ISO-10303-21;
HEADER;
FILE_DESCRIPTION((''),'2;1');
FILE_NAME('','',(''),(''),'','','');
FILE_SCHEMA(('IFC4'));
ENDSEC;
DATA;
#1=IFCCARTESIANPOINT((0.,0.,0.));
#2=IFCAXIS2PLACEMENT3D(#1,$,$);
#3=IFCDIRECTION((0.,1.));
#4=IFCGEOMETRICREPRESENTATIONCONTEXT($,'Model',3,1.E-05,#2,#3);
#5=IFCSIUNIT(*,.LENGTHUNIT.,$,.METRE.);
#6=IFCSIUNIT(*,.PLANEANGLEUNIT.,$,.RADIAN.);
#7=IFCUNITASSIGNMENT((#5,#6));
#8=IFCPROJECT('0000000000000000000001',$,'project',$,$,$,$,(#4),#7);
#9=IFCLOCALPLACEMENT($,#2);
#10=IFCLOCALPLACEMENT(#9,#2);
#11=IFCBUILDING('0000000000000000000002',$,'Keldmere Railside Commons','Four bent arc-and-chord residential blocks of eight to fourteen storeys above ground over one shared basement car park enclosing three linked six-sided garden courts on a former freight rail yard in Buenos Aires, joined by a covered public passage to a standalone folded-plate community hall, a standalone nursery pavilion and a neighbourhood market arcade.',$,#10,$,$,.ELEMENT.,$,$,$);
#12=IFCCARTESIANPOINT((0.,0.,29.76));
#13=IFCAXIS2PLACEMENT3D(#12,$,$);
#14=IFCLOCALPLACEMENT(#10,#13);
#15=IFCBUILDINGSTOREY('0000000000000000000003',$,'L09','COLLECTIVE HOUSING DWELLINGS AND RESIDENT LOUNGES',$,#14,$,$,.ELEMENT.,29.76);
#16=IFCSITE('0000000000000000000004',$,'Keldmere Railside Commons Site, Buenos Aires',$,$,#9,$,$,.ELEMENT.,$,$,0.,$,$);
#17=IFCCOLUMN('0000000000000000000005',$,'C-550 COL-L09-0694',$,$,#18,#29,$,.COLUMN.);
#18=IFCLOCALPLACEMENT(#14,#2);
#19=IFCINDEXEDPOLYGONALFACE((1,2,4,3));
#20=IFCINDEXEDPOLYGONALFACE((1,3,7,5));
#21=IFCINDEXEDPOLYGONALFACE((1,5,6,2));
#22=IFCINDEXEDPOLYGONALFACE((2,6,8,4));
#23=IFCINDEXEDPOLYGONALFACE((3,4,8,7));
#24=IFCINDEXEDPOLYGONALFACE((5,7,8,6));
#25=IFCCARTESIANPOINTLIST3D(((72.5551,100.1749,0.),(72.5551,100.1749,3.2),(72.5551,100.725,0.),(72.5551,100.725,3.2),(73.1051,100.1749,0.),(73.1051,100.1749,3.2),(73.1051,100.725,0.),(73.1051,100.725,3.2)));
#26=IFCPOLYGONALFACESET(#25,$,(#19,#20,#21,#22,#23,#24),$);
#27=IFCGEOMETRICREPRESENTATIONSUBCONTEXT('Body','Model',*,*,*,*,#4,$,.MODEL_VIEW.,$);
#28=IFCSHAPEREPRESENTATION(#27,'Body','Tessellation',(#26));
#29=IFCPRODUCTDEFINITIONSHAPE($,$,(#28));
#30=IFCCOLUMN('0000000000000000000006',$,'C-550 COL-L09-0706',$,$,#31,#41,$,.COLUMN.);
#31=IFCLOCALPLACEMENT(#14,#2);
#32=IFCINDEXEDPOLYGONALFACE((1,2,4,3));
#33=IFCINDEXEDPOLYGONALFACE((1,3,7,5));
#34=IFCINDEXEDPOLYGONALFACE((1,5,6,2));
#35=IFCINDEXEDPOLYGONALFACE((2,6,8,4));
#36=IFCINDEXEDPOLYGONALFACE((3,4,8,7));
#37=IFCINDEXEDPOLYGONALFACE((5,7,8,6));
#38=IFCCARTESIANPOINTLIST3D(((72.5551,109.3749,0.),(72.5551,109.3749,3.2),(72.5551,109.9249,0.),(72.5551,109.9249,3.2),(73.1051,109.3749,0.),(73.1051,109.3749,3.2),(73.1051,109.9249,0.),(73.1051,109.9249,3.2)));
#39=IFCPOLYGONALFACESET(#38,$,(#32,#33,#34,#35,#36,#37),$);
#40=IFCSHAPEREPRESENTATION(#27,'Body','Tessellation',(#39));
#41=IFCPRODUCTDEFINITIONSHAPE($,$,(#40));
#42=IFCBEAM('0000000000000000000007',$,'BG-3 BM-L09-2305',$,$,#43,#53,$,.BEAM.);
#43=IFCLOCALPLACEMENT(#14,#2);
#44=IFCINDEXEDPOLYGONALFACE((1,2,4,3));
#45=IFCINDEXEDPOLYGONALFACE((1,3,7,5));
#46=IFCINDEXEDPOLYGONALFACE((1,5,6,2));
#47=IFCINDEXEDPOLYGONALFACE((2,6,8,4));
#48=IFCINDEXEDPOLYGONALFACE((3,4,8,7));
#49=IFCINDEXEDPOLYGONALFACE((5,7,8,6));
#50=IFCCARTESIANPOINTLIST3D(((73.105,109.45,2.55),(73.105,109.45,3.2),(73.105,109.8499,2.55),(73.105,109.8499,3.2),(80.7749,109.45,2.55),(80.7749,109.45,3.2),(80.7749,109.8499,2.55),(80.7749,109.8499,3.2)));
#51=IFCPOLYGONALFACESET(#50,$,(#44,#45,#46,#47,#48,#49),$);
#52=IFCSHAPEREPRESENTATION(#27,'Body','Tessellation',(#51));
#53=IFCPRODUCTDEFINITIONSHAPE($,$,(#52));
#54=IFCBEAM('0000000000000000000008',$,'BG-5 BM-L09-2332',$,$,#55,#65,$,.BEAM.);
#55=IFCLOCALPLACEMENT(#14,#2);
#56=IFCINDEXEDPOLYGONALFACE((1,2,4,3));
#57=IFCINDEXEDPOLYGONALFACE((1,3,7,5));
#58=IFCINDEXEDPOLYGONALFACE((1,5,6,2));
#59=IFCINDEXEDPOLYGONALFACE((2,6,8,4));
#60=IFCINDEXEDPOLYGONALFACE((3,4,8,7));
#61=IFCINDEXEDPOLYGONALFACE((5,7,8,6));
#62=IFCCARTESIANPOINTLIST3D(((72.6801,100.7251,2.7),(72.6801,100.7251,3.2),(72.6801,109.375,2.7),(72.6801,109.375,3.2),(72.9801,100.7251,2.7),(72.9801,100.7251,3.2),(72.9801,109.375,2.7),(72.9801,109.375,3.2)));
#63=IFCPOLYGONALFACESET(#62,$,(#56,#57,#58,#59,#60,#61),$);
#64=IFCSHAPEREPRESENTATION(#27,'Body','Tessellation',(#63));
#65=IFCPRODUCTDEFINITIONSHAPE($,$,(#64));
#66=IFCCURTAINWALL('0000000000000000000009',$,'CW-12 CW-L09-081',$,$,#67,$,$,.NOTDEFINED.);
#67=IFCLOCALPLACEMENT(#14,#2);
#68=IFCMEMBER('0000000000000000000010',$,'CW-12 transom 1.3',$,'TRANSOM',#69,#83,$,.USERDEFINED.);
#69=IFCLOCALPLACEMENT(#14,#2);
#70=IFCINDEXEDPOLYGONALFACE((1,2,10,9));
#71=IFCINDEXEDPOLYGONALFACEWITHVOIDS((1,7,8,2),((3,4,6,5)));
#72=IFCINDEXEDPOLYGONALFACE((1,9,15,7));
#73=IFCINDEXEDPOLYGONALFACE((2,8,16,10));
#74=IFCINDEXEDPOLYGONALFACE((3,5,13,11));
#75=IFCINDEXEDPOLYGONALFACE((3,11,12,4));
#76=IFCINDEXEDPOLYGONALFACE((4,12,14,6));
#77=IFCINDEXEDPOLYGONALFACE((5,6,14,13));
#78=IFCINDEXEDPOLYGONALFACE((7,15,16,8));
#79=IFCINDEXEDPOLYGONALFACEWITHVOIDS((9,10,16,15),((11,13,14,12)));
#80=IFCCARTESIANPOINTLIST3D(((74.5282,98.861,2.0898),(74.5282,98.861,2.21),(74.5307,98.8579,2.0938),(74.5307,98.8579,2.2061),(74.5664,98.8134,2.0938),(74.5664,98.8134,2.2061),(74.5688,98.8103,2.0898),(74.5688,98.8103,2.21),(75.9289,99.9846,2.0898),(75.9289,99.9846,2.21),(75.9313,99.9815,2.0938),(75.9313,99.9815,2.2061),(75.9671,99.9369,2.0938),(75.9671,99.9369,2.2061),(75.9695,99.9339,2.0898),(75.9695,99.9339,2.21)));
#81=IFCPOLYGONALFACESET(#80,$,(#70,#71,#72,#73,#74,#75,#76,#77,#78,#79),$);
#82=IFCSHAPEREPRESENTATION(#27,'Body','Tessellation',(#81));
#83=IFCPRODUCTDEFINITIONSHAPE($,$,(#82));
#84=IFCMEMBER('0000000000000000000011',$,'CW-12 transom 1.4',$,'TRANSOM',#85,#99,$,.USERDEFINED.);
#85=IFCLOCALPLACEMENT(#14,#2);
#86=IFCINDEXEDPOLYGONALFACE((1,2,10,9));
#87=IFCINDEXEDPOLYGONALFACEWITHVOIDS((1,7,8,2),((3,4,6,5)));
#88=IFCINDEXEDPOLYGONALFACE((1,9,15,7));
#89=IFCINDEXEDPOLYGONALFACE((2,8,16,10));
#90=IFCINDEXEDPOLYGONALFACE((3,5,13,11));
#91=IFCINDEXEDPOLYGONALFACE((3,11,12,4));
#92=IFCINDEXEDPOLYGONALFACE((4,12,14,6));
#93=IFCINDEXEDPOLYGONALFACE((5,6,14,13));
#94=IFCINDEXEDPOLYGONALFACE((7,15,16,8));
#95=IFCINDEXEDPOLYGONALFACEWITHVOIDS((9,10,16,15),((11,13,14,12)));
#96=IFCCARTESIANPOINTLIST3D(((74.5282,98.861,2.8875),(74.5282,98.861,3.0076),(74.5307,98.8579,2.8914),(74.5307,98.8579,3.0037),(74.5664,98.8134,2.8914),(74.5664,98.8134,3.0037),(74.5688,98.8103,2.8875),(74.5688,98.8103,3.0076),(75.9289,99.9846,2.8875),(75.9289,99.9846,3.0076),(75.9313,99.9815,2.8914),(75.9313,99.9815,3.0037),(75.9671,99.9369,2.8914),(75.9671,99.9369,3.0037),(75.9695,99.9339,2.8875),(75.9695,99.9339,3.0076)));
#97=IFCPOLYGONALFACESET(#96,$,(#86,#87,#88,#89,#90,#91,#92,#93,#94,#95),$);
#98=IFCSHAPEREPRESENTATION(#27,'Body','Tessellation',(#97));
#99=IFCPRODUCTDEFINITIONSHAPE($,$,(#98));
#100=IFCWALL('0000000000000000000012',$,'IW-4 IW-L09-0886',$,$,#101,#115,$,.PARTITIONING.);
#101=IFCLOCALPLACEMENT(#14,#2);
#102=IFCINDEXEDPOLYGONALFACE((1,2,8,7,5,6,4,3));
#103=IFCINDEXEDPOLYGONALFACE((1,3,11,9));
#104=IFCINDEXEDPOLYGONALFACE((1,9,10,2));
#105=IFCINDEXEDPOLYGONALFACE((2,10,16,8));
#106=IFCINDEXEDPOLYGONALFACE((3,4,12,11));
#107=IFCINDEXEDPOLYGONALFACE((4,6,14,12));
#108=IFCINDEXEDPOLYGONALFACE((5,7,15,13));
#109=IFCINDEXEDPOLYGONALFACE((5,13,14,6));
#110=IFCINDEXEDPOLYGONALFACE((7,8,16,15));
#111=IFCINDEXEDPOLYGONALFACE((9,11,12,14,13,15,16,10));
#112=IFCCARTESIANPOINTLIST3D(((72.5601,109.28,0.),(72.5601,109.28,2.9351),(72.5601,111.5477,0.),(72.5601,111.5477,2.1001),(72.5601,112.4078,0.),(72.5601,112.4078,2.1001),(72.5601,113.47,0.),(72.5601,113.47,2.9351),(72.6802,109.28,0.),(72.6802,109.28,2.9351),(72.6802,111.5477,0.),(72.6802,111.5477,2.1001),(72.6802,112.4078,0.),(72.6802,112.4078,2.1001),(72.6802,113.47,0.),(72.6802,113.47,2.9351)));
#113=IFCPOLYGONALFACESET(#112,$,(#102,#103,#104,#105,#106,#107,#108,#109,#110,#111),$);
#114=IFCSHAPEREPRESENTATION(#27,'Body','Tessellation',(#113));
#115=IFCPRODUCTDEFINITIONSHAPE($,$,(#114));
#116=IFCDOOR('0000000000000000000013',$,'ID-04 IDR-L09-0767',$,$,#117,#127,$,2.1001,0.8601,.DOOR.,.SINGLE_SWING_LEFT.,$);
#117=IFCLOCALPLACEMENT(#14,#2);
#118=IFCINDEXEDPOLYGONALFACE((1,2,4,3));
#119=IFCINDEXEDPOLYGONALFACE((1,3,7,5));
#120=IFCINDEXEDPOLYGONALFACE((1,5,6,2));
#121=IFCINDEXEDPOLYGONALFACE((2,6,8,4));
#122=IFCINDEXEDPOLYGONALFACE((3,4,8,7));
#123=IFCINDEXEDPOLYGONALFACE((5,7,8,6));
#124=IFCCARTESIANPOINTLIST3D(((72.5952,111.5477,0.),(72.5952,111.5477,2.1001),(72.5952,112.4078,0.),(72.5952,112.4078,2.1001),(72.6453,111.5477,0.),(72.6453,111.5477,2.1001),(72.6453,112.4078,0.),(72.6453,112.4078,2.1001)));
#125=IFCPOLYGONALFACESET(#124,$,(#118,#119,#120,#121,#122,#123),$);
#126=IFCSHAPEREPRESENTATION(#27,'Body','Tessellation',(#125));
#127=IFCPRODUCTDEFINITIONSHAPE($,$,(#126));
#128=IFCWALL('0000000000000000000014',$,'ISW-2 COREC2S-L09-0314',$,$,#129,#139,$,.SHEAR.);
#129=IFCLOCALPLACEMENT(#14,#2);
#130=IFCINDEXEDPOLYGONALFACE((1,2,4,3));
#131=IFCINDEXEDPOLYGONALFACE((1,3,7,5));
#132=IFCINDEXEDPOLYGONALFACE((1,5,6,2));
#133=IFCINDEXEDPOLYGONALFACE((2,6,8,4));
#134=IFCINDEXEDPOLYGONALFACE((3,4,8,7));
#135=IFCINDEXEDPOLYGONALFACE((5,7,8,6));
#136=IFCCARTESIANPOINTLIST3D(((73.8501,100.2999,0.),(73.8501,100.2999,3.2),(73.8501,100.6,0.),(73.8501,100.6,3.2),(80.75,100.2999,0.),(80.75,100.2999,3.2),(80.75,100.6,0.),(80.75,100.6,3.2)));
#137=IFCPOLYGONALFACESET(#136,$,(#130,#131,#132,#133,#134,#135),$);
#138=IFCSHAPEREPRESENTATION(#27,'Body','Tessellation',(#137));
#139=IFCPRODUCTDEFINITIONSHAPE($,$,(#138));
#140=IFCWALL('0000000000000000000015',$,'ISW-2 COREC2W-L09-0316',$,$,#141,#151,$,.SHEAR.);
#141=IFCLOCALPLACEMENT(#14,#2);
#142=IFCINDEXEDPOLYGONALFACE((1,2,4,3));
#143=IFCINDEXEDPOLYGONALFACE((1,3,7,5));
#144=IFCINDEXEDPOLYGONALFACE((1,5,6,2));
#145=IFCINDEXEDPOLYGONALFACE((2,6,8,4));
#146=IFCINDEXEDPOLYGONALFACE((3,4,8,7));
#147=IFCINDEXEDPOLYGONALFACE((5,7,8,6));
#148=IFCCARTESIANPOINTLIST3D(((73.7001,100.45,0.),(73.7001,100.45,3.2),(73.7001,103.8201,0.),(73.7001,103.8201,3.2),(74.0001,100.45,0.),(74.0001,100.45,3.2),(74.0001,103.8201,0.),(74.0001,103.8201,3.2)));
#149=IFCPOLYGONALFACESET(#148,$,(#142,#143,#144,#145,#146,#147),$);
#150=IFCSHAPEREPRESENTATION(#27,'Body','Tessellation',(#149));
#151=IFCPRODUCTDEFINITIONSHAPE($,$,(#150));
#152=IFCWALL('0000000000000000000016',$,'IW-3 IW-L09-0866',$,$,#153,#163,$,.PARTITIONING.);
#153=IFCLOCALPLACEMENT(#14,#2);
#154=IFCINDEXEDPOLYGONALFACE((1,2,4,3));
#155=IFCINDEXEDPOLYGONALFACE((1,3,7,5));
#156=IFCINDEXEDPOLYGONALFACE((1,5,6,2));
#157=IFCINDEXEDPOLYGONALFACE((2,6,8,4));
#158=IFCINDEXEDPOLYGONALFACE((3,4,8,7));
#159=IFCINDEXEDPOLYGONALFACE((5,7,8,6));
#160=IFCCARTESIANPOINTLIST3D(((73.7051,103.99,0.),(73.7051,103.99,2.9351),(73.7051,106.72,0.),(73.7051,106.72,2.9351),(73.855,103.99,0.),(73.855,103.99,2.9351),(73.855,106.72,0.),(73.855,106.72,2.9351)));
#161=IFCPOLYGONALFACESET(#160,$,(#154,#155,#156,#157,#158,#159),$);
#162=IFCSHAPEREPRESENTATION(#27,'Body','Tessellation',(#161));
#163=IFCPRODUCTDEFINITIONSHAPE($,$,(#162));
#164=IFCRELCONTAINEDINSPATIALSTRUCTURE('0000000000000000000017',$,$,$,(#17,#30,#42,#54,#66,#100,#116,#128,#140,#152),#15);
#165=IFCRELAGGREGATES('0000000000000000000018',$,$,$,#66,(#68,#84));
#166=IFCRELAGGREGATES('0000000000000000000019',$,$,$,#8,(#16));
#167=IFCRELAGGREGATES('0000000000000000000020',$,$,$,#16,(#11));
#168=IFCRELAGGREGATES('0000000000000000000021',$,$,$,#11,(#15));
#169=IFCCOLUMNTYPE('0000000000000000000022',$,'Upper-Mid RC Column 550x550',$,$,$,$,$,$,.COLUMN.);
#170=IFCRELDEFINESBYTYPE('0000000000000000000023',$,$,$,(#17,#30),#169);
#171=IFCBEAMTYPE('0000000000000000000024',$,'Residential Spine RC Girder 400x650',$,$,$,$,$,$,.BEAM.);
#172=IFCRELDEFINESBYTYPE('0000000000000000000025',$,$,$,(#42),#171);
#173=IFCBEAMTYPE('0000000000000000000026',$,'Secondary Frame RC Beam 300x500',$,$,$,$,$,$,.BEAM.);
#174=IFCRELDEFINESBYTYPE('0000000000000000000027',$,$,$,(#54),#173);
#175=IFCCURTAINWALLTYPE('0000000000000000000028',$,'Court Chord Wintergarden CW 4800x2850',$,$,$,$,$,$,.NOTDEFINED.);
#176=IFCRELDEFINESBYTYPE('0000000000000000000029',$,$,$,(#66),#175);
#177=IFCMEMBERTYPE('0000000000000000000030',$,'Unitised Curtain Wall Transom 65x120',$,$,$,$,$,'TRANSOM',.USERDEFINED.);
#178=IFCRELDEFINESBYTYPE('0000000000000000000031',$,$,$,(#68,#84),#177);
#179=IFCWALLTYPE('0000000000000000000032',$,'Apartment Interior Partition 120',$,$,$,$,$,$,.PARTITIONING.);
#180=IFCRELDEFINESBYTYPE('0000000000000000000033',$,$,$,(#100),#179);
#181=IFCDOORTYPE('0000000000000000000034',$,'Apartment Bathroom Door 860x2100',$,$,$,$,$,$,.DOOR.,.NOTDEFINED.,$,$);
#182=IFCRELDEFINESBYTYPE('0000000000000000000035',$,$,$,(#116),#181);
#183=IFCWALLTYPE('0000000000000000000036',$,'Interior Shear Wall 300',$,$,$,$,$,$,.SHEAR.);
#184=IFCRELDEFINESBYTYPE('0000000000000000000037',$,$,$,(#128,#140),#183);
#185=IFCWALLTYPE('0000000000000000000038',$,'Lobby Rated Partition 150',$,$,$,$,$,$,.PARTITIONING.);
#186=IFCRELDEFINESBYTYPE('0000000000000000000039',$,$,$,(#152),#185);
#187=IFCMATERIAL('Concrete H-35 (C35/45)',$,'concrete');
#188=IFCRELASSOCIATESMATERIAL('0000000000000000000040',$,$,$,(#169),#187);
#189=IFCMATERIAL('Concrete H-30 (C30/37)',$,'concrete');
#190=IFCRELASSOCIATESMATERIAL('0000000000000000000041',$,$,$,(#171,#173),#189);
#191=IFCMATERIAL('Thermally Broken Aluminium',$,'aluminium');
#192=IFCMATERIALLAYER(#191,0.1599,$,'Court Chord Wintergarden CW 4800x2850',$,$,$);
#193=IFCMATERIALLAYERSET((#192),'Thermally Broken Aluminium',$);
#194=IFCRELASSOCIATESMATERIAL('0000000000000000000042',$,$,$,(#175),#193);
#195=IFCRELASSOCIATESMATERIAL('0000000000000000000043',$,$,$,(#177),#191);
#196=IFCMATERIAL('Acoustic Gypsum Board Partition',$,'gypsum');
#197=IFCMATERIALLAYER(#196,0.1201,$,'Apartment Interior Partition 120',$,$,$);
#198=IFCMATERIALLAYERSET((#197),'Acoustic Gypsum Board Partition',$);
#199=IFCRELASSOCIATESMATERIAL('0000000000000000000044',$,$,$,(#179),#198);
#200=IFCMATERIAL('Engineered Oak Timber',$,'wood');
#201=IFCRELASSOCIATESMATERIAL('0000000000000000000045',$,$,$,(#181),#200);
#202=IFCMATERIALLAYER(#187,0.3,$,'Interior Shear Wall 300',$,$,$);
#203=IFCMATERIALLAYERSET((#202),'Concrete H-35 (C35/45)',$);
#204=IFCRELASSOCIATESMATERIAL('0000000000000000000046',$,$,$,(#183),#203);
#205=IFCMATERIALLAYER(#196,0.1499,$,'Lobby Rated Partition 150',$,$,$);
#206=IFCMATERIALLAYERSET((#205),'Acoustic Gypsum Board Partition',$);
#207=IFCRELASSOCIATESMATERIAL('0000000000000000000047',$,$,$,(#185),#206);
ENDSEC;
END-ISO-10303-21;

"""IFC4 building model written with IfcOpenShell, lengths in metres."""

from ifc_helpers import new_model, si_unit, direction, frame, frame_2d, origin, origin_2d, place, context, subcontext, project, spatial, rectangle, hollow_rectangle, extrude, material, layer, layer_set, material_profile, profile_set, type_object, element, fill, aggregate, save


model = new_model("IFC4")

# Units and contexts
model_context = context("Model", 3, precision=1e-05, world=origin(), true_north=direction((0.0, 1.0)))
body_context = subcontext(model_context, "Body", "Model", "MODEL_VIEW")
ifc_project = project(units=[si_unit("LENGTHUNIT", "METRE"), si_unit("PLANEANGLEUNIT", "RADIAN")], contexts=[model_context])

# Site, building, storey
site_placement = place(None, origin())
site = spatial("IfcSite", under=ifc_project, at=site_placement, Name="Keldmere Railside Commons Site, Buenos Aires", CompositionType="ELEMENT", RefElevation=0.0)
building_placement = place(site_placement, origin())
building = spatial("IfcBuilding", under=site, at=building_placement, Name="Keldmere Railside Commons", Description="Four bent arc-and-chord residential blocks of eight to fourteen storeys above ground over one shared basement car park enclosing three linked six-sided garden courts on a former freight rail yard in Buenos Aires, joined by a covered public passage to a standalone folded-plate community hall, a standalone nursery pavilion and a neighbourhood market arcade.", CompositionType="ELEMENT")
storey_placement = place(building_placement, frame((0.0, 0.0, 29.76)))
storey = spatial("IfcBuildingStorey", under=building, at=storey_placement, Name="L09", Description="COLLECTIVE HOUSING DWELLINGS AND RESIDENT LOUNGES", CompositionType="ELEMENT", Elevation=29.76)

# Columns
ifc_material_1 = material(Name="Concrete H-35 (C35/45)", Category="concrete")
ifc_material_profile_1 = material_profile(ifc_material_1, rectangle(XDim=0.55, YDim=0.55, at=origin_2d()), Name="RC-550x550")
ifc_profile_set_1 = profile_set([ifc_material_profile_1], Name="Concrete H-35 (C35/45)")
column_type = type_object("IfcColumnType", Name="Upper-Mid RC Column 550x550", PredefinedType="COLUMN", material=ifc_profile_set_1)
for number, where, z_axis, x_axis, name in (
    (1, (72.8301, 100.45, 0.0), (0.0, 0.0, 1.0), (1.0, 0.0, 0.0), "C-550 COL-L09-0694"),
    (2, (72.8301, 109.6499, 0.0), (0.0, 0.0, 1.0), (1.0, 0.0, 0.0), "C-550 COL-L09-0706"),
):
    element("IfcColumn", number, at=place(storey_placement, frame(where, z_axis=z_axis, x_axis=x_axis)), inside=storey, type_object=column_type, Name=name, PredefinedType="COLUMN", context=body_context, shape_type="SweptSolid", body=[
        extrude(rectangle(XDim=0.55, YDim=0.55, at=origin_2d()), origin(), (0.0, 0.0, 1.0), 3.2),
    ])

# Beams
ifc_material_2 = material(Name="Concrete H-30 (C30/37)", Category="concrete")
ifc_material_profile_2 = material_profile(ifc_material_2, rectangle(XDim=0.3999, YDim=0.6499, at=origin_2d()), Name="RC-400x650")
ifc_profile_set_2 = profile_set([ifc_material_profile_2], Name="Concrete H-30 (C30/37)")
beam_type_1 = type_object("IfcBeamType", Name="Residential Spine RC Girder 400x650", PredefinedType="BEAM", material=ifc_profile_set_2)
beam_1_placement = place(storey_placement, frame((73.105, 109.6499, 2.875), z_axis=(1.0, 0.0, 0.0), x_axis=(0.0, 1.0, 0.0)))
element("IfcBeam", 3, at=beam_1_placement, inside=storey, type_object=beam_type_1, Name="BG-3 BM-L09-2305", PredefinedType="BEAM", context=body_context, shape_type="SweptSolid", body=[
    extrude(rectangle(XDim=0.3999, YDim=0.6499, at=origin_2d()), origin(), (0.0, 0.0, 1.0), 7.6699),
])
ifc_material_profile_3 = material_profile(ifc_material_2, rectangle(XDim=0.3, YDim=0.5, at=origin_2d()), Name="RC-300x500")
ifc_profile_set_3 = profile_set([ifc_material_profile_3], Name="Concrete H-30 (C30/37)")
beam_type_2 = type_object("IfcBeamType", Name="Secondary Frame RC Beam 300x500", PredefinedType="BEAM", material=ifc_profile_set_3)
beam_2_placement = place(storey_placement, frame((72.8301, 100.7251, 2.95), z_axis=(0.0, 1.0, 0.0), x_axis=(-1.0, 0.0, 0.0)))
element("IfcBeam", 4, at=beam_2_placement, inside=storey, type_object=beam_type_2, Name="BG-5 BM-L09-2332", PredefinedType="BEAM", context=body_context, shape_type="SweptSolid", body=[
    extrude(rectangle(XDim=0.3, YDim=0.5, at=origin_2d()), origin(), (0.0, 0.0, 1.0), 8.6499),
])

# Curtain wall, members
ifc_material_3 = material(Name="Thermally Broken Aluminium", Category="aluminium")
ifc_layer_1 = layer(ifc_material_3, 0.1599, Name="Court Chord Wintergarden CW 4800x2850")
ifc_layer_set_1 = layer_set([ifc_layer_1], Name="Thermally Broken Aluminium")
curtain_wall_type = type_object("IfcCurtainWallType", Name="Court Chord Wintergarden CW 4800x2850", PredefinedType="NOTDEFINED", material=ifc_layer_set_1)
curtain_wall_placement = place(storey_placement, origin())
curtain_wall = element("IfcCurtainWall", 5, at=curtain_wall_placement, inside=storey, type_object=curtain_wall_type, Name="CW-12 CW-L09-081", PredefinedType="NOTDEFINED")
ifc_material_profile_4 = material_profile(ifc_material_3, hollow_rectangle(XDim=0.0649, YDim=0.1201, WallThickness=0.0039, at=origin_2d()), Name="ALU-TRAN-65x120")
ifc_profile_set_4 = profile_set([ifc_material_profile_4], Name="Thermally Broken Aluminium")
member_type = type_object("IfcMemberType", Name="Unitised Curtain Wall Transom 65x120", ElementType="TRANSOM", PredefinedType="USERDEFINED", material=ifc_profile_set_4)
member_1_placement = place(storey_placement, frame((75.9492, 99.9592, 2.1499), z_axis=(-0.780046, -0.625723, 0.0), x_axis=(0.625723, -0.780046, 0.0)))
member_1 = element("IfcMember", 6, at=member_1_placement, type_object=member_type, Name="CW-12 transom 1.3", ObjectType="TRANSOM", PredefinedType="USERDEFINED", context=body_context, shape_type="SweptSolid", body=[
    extrude(hollow_rectangle(XDim=0.0649, YDim=0.1201, WallThickness=0.0039, at=origin_2d()), origin(), (0.0, 0.0, 1.0), 1.7957),
])
member_2_placement = place(storey_placement, frame((75.9492, 99.9592, 2.9475), z_axis=(-0.780046, -0.625723, 0.0), x_axis=(0.625723, -0.780046, 0.0)))
member_2 = element("IfcMember", 7, at=member_2_placement, type_object=member_type, Name="CW-12 transom 1.4", ObjectType="TRANSOM", PredefinedType="USERDEFINED", context=body_context, shape_type="SweptSolid", body=[
    extrude(hollow_rectangle(XDim=0.0649, YDim=0.1201, WallThickness=0.0039, at=origin_2d()), origin(), (0.0, 0.0, 1.0), 1.7957),
])
aggregate(curtain_wall, [member_1, member_2])

# Wall, opening, door
ifc_material_4 = material(Name="Acoustic Gypsum Board Partition", Category="gypsum")
ifc_layer_2 = layer(ifc_material_4, 0.1201, Name="Apartment Interior Partition 120")
ifc_layer_set_2 = layer_set([ifc_layer_2], Name="Acoustic Gypsum Board Partition")
wall_type_1 = type_object("IfcWallType", Name="Apartment Interior Partition 120", PredefinedType="PARTITIONING", material=ifc_layer_set_2)
wall_1_placement = place(storey_placement, frame((72.6201, 109.28, 0.0), z_axis=(0.0, 0.0, 1.0), x_axis=(0.0, 1.0, 0.0)))
wall_1 = element("IfcWall", 8, at=wall_1_placement, inside=storey, type_object=wall_type_1, Name="IW-4 IW-L09-0886", PredefinedType="PARTITIONING", context=body_context, shape_type="SweptSolid", body=[
    extrude(rectangle(XDim=4.1899, YDim=0.1201, at=frame_2d((2.095, 0.0))), origin(), (0.0, 0.0, 1.0), 2.9351),
])
opening_1_placement = place(wall_1_placement, frame((2.2676, 0.0, 0.0)))
opening_1 = element("IfcOpeningElement", 9, at=opening_1_placement, cuts=wall_1, PredefinedType="OPENING", context=body_context, shape_type="SweptSolid", body=[
    extrude(rectangle(XDim=0.8601, YDim=2.1001, at=frame_2d((0.4302, 1.05))), frame((0.0, 0.0701, 0.0), z_axis=(0.0, -1.0, 0.0), x_axis=(1.0, 0.0, 0.0)), (0.0, 0.0, 1.0), 0.1401),
])
ifc_material_5 = material(Name="Engineered Oak Timber", Category="wood")
door_type_1 = type_object("IfcDoorType", Name="Apartment Bathroom Door 860x2100", OperationType="NOTDEFINED", PredefinedType="DOOR", material=ifc_material_5)
door_1_placement = place(opening_1_placement, origin())
door_1 = element("IfcDoor", 10, at=door_1_placement, inside=storey, type_object=door_type_1, Name="ID-04 IDR-L09-0767", OperationType="SINGLE_SWING_LEFT", OverallHeight=2.1001, OverallWidth=0.8601, PredefinedType="DOOR", context=body_context, shape_type="SweptSolid", body=[
    extrude(rectangle(XDim=0.8601, YDim=2.1001, at=frame_2d((0.4302, 1.05))), frame((0.0, 0.0249, 0.0), z_axis=(0.0, -1.0, 0.0), x_axis=(1.0, 0.0, 0.0)), (0.0, 0.0, 1.0), 0.05),
])
fill(opening_1, door_1)

# Walls
ifc_layer_3 = layer(ifc_material_1, 0.3, Name="Interior Shear Wall 300")
ifc_layer_set_3 = layer_set([ifc_layer_3], Name="Concrete H-35 (C35/45)")
wall_type_2 = type_object("IfcWallType", Name="Interior Shear Wall 300", PredefinedType="SHEAR", material=ifc_layer_set_3)
wall_2_placement = place(storey_placement, frame((73.8501, 100.45, 0.0), z_axis=(0.0, 0.0, 1.0), x_axis=(1.0, 0.0, 0.0)))
element("IfcWall", 11, at=wall_2_placement, inside=storey, type_object=wall_type_2, Name="ISW-2 COREC2S-L09-0314", PredefinedType="SHEAR", context=body_context, shape_type="SweptSolid", body=[
    extrude(rectangle(XDim=6.8999, YDim=0.3, at=frame_2d((3.45, 0.0))), origin(), (0.0, 0.0, 1.0), 3.2),
])
wall_3_placement = place(storey_placement, frame((73.8501, 103.8201, 0.0), z_axis=(0.0, 0.0, 1.0), x_axis=(0.0, -1.0, 0.0)))
element("IfcWall", 12, at=wall_3_placement, inside=storey, type_object=wall_type_2, Name="ISW-2 COREC2W-L09-0316", PredefinedType="SHEAR", context=body_context, shape_type="SweptSolid", body=[
    extrude(rectangle(XDim=3.3701, YDim=0.3, at=frame_2d((1.6851, 0.0))), origin(), (0.0, 0.0, 1.0), 3.2),
])
ifc_layer_4 = layer(ifc_material_4, 0.1499, Name="Lobby Rated Partition 150")
ifc_layer_set_4 = layer_set([ifc_layer_4], Name="Acoustic Gypsum Board Partition")
wall_type_3 = type_object("IfcWallType", Name="Lobby Rated Partition 150", PredefinedType="PARTITIONING", material=ifc_layer_set_4)
wall_4_placement = place(storey_placement, frame((73.78, 103.99, 0.0), z_axis=(0.0, 0.0, 1.0), x_axis=(0.0, 1.0, 0.0)))
element("IfcWall", 13, at=wall_4_placement, inside=storey, type_object=wall_type_3, Name="IW-3 IW-L09-0866", PredefinedType="PARTITIONING", context=body_context, shape_type="SweptSolid", body=[
    extrude(rectangle(XDim=2.73, YDim=0.1499, at=frame_2d((1.365, 0.0))), origin(), (0.0, 0.0, 1.0), 2.9351),
])

save(model, "model.ifc")
